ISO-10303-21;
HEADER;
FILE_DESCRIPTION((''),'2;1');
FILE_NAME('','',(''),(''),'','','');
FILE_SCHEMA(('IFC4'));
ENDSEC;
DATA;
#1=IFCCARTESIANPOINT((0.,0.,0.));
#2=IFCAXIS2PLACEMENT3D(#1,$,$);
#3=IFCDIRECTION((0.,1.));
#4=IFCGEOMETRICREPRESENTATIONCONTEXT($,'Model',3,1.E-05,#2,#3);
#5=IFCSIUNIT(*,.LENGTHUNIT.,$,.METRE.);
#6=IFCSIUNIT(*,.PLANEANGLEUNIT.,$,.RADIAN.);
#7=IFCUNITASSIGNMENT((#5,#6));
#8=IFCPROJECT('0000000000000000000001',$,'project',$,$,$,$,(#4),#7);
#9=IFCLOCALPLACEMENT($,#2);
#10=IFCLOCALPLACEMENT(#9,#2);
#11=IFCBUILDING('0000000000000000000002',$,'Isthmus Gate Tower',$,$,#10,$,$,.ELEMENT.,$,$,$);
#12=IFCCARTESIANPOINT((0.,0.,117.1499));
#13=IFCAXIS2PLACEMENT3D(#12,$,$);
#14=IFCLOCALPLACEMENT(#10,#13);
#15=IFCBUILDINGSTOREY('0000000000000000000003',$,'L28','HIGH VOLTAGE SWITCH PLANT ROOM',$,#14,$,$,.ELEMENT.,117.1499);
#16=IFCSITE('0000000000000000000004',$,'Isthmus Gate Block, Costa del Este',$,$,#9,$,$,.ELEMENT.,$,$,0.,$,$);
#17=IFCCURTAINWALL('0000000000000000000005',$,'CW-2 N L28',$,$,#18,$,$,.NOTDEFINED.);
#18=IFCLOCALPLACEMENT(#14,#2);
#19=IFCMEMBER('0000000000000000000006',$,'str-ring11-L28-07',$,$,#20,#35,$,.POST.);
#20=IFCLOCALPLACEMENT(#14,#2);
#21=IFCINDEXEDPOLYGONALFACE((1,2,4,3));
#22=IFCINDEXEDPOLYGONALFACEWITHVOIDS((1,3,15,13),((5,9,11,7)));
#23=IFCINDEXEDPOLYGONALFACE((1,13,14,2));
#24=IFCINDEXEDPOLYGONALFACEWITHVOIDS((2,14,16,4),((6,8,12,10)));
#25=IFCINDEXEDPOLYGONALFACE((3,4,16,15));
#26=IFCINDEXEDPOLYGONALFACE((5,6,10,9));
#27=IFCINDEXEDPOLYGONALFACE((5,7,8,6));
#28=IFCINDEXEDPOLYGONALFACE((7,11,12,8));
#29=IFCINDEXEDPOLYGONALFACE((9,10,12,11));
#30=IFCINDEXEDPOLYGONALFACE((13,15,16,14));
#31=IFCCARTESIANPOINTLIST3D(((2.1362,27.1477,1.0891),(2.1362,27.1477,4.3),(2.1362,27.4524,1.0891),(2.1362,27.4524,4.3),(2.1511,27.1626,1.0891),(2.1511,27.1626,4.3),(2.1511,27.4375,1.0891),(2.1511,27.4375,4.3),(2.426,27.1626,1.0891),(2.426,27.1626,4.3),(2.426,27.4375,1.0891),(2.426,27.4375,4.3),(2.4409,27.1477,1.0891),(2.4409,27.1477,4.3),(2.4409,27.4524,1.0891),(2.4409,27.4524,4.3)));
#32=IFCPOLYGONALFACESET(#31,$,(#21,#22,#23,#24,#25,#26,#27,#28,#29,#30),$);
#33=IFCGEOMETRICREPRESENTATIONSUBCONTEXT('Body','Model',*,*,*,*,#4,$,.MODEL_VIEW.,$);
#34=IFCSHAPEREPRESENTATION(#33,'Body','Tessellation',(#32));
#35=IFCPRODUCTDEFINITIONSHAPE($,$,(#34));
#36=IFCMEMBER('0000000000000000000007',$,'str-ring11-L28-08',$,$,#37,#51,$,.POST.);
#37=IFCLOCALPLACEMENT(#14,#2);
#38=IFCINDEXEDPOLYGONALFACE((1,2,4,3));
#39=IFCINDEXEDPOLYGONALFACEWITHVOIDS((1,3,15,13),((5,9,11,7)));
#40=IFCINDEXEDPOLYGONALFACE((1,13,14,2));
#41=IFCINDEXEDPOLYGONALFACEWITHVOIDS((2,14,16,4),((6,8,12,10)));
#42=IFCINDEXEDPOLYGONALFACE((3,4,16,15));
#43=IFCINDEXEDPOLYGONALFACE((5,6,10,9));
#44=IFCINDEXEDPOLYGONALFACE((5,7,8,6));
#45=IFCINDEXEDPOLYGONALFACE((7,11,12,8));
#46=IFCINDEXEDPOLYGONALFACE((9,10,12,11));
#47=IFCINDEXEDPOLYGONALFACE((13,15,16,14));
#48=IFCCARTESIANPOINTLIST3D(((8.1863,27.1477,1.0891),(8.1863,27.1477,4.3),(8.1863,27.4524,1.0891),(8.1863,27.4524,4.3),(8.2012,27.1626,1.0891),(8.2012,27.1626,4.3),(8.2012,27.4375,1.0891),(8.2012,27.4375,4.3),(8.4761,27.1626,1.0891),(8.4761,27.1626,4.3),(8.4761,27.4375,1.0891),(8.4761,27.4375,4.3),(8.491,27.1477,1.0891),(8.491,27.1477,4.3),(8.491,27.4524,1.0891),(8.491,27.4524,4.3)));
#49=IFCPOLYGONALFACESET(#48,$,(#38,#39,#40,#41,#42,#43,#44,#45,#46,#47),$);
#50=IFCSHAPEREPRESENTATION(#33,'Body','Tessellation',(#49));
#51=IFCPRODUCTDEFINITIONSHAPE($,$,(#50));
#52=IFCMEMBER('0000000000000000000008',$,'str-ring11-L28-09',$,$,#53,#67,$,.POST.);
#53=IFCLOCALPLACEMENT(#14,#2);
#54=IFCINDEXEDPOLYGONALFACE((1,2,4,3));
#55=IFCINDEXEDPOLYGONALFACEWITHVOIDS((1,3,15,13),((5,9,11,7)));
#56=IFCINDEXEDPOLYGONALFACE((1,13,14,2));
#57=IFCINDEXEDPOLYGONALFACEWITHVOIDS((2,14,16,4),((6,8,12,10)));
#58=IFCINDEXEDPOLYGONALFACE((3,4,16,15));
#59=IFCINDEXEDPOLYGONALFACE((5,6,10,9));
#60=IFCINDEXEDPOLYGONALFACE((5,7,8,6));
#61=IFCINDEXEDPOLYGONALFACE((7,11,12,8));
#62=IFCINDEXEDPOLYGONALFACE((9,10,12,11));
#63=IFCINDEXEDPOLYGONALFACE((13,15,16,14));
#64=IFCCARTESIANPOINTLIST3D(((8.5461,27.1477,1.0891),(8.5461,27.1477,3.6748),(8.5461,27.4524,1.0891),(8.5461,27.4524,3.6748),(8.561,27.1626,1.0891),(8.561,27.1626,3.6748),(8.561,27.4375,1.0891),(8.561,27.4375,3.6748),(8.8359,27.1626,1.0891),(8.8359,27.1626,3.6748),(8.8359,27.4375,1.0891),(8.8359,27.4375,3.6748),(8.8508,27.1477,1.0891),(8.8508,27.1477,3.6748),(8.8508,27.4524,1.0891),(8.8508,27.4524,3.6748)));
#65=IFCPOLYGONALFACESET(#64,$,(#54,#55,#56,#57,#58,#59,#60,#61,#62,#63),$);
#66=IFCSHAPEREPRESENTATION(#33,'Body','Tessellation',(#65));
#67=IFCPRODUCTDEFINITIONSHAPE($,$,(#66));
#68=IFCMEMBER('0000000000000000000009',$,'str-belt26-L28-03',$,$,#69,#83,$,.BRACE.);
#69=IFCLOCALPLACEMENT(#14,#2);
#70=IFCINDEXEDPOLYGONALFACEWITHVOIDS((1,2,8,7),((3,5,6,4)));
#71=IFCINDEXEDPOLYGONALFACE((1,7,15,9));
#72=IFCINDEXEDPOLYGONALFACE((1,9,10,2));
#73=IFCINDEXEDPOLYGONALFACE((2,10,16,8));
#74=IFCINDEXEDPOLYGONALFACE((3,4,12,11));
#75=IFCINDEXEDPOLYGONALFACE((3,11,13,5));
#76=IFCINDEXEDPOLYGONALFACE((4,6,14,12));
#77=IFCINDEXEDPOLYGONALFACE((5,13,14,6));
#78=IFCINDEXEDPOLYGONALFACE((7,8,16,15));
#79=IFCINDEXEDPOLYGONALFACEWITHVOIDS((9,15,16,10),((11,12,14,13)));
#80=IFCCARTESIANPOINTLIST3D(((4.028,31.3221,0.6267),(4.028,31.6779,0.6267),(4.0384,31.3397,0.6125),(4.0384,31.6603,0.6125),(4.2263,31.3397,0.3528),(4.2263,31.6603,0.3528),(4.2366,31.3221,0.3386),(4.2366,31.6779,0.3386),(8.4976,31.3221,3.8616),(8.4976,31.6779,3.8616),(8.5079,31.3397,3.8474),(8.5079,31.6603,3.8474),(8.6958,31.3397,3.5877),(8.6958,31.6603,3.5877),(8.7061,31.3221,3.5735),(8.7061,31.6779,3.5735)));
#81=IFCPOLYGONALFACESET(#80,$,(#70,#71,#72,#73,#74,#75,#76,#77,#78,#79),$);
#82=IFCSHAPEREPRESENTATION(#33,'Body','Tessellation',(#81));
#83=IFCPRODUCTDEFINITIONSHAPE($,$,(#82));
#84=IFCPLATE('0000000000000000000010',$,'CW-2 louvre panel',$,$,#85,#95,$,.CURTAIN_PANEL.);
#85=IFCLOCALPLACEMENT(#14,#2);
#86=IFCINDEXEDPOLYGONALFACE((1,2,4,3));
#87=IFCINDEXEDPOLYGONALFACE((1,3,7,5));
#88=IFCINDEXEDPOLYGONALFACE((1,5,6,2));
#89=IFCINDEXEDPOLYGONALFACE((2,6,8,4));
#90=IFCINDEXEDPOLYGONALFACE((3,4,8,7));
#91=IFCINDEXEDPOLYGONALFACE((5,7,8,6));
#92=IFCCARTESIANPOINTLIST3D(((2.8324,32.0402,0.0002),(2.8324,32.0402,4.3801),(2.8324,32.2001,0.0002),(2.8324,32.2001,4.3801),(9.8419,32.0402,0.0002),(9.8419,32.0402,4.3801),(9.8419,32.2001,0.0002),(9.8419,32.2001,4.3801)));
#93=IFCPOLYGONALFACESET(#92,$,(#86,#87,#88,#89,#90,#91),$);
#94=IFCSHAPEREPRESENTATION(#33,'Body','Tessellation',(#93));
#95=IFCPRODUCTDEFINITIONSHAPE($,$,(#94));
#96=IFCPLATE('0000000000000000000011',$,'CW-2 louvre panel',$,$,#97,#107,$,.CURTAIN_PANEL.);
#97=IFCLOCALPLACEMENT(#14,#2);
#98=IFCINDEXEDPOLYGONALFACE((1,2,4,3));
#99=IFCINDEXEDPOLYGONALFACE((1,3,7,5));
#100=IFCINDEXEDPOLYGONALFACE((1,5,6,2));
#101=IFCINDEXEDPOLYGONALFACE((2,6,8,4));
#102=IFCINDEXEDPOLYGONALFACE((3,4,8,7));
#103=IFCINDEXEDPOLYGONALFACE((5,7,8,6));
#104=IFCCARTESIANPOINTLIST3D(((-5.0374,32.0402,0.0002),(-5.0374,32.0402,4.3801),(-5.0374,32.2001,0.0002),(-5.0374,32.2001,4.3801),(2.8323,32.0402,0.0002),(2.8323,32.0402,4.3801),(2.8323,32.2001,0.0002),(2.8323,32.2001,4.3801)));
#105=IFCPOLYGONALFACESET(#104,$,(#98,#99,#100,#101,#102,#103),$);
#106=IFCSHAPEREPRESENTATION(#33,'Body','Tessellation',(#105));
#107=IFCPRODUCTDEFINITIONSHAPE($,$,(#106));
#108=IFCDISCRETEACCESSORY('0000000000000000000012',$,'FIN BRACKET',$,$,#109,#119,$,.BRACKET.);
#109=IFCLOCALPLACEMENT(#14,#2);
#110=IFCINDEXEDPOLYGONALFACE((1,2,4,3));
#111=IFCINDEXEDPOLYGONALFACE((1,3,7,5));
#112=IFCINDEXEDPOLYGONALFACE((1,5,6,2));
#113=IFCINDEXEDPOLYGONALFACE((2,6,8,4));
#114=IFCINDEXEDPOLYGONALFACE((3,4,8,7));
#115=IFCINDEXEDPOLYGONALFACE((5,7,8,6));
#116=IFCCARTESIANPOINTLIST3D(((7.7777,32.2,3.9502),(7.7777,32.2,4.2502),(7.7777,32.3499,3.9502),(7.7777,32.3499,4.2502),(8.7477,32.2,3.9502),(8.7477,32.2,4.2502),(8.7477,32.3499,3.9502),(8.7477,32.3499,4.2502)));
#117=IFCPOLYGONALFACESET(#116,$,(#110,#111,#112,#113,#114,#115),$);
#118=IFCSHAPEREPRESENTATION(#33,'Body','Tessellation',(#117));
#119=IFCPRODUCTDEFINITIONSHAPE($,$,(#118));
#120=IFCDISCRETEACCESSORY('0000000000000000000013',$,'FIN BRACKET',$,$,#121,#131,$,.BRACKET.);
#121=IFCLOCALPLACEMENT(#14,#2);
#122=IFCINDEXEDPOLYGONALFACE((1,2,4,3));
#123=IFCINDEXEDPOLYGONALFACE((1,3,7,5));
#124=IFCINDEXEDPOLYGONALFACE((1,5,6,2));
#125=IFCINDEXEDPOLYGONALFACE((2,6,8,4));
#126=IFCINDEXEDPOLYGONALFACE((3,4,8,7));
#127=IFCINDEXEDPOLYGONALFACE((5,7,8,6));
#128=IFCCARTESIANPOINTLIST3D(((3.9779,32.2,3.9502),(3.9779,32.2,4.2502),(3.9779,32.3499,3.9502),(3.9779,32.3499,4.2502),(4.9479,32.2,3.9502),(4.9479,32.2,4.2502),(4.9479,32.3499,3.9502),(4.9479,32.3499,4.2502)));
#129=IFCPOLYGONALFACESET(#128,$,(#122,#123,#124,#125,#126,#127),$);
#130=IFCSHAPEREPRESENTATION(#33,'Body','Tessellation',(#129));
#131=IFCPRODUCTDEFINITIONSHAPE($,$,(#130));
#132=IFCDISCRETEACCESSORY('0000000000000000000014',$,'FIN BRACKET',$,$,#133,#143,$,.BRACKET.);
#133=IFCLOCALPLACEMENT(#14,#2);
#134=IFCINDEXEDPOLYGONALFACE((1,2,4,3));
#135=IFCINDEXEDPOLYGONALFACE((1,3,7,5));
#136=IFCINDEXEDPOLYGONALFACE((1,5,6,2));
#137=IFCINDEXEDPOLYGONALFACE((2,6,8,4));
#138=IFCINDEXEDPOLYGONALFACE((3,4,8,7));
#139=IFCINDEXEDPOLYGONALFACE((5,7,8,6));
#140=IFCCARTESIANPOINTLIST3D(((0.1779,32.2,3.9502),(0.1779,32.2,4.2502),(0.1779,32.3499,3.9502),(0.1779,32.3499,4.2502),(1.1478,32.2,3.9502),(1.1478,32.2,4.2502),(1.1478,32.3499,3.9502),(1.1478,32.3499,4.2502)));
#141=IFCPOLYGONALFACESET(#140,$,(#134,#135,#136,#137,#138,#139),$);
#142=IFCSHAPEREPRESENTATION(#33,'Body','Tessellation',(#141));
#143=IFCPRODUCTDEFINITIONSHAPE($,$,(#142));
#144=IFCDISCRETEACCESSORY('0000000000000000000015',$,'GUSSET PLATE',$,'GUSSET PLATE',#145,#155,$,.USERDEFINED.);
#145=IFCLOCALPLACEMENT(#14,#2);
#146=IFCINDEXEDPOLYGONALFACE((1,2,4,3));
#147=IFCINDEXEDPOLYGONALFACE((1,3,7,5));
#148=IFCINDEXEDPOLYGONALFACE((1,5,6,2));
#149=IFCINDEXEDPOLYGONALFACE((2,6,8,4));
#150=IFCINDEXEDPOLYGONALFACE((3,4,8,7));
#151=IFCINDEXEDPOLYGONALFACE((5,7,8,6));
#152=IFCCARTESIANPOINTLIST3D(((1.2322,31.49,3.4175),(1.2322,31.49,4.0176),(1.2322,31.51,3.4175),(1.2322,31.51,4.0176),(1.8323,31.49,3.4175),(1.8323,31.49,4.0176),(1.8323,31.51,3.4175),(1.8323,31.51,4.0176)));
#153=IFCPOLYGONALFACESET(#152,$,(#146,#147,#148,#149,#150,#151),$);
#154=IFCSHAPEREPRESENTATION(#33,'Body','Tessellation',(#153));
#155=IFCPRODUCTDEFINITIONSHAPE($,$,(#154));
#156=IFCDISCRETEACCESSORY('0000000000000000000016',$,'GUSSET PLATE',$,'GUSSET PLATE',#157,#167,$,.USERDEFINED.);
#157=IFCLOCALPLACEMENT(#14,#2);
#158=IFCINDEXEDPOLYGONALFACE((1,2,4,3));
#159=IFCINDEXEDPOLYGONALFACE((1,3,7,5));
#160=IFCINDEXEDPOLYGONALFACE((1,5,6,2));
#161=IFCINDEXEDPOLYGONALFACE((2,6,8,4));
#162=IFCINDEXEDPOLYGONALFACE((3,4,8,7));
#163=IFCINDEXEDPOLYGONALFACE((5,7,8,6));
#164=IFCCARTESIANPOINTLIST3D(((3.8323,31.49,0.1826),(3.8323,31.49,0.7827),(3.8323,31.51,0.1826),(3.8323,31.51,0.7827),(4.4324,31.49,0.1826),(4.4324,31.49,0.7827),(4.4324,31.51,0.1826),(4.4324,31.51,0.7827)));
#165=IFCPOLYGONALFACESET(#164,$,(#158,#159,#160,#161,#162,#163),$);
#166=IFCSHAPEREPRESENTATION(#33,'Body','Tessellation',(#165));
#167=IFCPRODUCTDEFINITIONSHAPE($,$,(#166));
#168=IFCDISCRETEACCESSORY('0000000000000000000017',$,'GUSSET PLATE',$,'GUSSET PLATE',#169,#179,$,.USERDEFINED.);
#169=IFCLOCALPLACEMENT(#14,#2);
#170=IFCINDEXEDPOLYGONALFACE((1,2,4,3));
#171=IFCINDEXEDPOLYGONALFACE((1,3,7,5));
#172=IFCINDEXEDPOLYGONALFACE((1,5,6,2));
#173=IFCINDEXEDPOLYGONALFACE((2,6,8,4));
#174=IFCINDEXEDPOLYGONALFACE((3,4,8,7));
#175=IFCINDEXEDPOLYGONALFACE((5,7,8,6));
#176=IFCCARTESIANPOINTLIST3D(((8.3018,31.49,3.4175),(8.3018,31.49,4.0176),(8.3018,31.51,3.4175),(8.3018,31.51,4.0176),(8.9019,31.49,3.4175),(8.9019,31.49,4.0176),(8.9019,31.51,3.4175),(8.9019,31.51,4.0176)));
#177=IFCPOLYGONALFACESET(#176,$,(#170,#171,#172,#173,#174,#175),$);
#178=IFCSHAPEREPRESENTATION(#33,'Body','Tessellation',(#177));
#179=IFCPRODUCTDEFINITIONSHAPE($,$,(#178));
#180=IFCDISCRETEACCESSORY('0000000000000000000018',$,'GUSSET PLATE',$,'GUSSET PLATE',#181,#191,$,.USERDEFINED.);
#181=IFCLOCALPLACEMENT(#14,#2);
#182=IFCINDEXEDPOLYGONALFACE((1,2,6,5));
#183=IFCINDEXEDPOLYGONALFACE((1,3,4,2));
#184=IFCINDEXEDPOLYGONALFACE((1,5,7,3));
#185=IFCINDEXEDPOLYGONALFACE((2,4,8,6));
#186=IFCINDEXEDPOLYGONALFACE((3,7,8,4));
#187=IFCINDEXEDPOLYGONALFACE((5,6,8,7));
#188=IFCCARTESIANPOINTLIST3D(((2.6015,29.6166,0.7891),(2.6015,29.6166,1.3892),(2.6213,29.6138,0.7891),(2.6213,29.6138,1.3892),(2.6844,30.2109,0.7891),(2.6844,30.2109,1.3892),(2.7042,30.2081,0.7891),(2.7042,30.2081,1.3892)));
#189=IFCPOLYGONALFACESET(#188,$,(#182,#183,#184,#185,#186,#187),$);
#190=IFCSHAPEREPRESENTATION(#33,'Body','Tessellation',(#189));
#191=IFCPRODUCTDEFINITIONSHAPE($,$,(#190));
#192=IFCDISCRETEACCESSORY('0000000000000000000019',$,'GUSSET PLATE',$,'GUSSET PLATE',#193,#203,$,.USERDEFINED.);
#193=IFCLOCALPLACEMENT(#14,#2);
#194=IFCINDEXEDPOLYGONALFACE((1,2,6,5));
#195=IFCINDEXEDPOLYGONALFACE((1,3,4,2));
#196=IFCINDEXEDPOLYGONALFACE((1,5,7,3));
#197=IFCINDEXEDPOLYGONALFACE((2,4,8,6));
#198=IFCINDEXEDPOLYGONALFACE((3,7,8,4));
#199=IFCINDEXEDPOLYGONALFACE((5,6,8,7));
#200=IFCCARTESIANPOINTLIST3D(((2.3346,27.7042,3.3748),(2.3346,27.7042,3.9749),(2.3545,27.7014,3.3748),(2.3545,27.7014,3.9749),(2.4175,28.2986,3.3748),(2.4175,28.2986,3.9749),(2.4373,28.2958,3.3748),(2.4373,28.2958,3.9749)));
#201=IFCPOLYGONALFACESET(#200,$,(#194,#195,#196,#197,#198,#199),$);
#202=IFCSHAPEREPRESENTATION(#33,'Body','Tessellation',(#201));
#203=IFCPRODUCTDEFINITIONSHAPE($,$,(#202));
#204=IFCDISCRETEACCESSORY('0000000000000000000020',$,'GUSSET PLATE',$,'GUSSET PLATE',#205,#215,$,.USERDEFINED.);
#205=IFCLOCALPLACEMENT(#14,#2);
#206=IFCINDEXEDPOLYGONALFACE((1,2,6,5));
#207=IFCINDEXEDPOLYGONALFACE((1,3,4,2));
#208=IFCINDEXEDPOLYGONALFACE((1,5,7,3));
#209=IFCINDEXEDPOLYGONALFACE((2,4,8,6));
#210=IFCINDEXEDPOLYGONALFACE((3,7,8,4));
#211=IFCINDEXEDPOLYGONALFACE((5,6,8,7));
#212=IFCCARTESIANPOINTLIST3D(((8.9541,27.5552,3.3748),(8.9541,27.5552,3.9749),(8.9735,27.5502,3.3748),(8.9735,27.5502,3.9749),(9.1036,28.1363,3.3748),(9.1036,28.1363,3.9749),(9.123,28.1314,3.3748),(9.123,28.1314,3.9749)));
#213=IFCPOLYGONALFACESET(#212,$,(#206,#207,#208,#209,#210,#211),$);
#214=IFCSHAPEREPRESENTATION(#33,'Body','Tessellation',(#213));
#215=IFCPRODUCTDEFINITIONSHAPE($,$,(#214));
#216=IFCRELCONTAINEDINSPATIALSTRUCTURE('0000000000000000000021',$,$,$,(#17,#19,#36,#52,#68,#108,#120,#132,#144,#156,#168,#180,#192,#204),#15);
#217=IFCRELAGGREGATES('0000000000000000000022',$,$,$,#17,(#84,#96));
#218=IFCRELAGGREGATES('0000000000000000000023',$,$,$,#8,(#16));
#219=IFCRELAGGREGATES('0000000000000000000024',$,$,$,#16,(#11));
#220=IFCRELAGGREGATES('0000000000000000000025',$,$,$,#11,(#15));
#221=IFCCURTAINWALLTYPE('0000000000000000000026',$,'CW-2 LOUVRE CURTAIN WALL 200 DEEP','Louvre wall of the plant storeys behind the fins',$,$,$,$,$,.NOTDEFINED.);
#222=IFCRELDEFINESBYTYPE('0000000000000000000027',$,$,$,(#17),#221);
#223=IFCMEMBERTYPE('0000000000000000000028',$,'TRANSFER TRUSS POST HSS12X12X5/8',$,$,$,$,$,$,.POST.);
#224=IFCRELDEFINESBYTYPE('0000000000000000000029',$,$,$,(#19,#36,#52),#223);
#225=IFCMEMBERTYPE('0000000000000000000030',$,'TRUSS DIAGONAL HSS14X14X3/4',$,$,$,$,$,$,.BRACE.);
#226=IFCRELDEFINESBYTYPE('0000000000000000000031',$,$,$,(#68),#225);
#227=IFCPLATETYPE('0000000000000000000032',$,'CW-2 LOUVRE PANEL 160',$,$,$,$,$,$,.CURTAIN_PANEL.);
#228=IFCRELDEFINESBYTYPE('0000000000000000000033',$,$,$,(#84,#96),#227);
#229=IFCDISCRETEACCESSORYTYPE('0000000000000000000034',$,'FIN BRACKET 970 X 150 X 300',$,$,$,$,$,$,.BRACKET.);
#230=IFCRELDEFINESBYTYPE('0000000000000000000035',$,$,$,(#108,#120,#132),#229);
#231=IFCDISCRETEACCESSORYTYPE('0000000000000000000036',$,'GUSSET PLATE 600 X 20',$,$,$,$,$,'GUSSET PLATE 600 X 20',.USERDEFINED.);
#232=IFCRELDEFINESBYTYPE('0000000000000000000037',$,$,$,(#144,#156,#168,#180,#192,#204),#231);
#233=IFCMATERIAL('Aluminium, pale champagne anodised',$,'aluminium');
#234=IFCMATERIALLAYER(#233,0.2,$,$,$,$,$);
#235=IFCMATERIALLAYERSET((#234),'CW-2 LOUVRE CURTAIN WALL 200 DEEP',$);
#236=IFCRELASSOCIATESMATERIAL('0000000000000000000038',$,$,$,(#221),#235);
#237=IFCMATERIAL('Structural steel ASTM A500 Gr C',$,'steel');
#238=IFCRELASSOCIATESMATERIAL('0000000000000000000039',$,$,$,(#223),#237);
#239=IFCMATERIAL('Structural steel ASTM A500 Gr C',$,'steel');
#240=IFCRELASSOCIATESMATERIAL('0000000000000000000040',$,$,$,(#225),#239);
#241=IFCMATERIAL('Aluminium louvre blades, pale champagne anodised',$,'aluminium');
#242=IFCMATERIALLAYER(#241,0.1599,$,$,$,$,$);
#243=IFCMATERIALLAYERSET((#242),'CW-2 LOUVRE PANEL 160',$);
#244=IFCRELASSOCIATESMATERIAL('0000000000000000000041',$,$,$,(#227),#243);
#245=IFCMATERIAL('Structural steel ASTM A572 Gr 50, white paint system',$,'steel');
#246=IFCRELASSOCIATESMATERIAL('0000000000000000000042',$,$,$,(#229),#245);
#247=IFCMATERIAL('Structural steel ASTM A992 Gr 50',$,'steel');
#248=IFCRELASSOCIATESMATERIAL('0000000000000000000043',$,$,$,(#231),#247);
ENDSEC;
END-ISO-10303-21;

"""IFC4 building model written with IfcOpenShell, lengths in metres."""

from ifc_helpers import new_model, si_unit, direction, frame, origin, origin_2d, place, context, subcontext, project, spatial, rectangle, hollow_rectangle, extrude, material, layer, layer_set, material_profile, profile_set, type_object, element, aggregate, save


model = new_model("IFC4")

# Units and contexts
model_context = context("Model", 3, precision=1e-05, world=origin(), true_north=direction((0.0, 1.0)))
body_context = subcontext(model_context, "Body", "Model", "MODEL_VIEW")
ifc_project = project(units=[si_unit("LENGTHUNIT", "METRE"), si_unit("PLANEANGLEUNIT", "RADIAN")], contexts=[model_context])

# Site, building, storey
site_placement = place(None, origin())
site = spatial("IfcSite", under=ifc_project, at=site_placement, Name="Isthmus Gate Block, Costa del Este", CompositionType="ELEMENT", RefElevation=0.0)
building_placement = place(site_placement, origin())
building = spatial("IfcBuilding", under=site, at=building_placement, Name="Isthmus Gate Tower", CompositionType="ELEMENT")
storey_placement = place(building_placement, frame((0.0, 0.0, 117.1499)))
storey = spatial("IfcBuildingStorey", under=building, at=storey_placement, Name="L28", Description="HIGH VOLTAGE SWITCH PLANT ROOM", CompositionType="ELEMENT", Elevation=117.1499)

# Curtain wall
ifc_material_1 = material(Name="Aluminium, pale champagne anodised", Category="aluminium")
ifc_layer_1 = layer(ifc_material_1, 0.2)
ifc_layer_set_1 = layer_set([ifc_layer_1], Name="CW-2 LOUVRE CURTAIN WALL 200 DEEP")
curtain_wall_type = type_object("IfcCurtainWallType", Name="CW-2 LOUVRE CURTAIN WALL 200 DEEP", Description="Louvre wall of the plant storeys behind the fins", PredefinedType="NOTDEFINED", material=ifc_layer_set_1)
curtain_wall_placement = place(storey_placement, origin())
curtain_wall = element("IfcCurtainWall", 1, at=curtain_wall_placement, inside=storey, type_object=curtain_wall_type, Name="CW-2 N L28", PredefinedType="NOTDEFINED")

# Members
ifc_material_2 = material(Name="Structural steel ASTM A500 Gr C", Category="steel")
ifc_material_profile_1 = material_profile(ifc_material_2, hollow_rectangle(XDim=0.3047, YDim=0.3047, WallThickness=0.0149, at=origin_2d()), Name="HSS12X12X5/8")
ifc_profile_set_1 = profile_set([ifc_material_profile_1], Name="Structural steel ASTM A500 Gr C")
member_type_1 = type_object("IfcMemberType", Name="TRANSFER TRUSS POST HSS12X12X5/8", PredefinedType="POST", material=ifc_profile_set_1)
for number, where, z_axis, x_axis, name in (
    (2, (2.2886, 27.3, 1.0891), (0.0, 0.0, 1.0), (1.0, 0.0, 0.0), "str-ring11-L28-07"),
    (3, (8.3386, 27.3, 1.0891), (0.0, 0.0, 1.0), (1.0, 0.0, 0.0), "str-ring11-L28-08"),
):
    element("IfcMember", number, at=place(storey_placement, frame(where, z_axis=z_axis, x_axis=x_axis)), inside=storey, type_object=member_type_1, Name=name, PredefinedType="POST", context=body_context, shape_type="SweptSolid", body=[
        extrude(hollow_rectangle(XDim=0.3047, YDim=0.3047, WallThickness=0.0149, at=origin_2d()), origin(), (0.0, 0.0, 1.0), 3.2109),
    ])
member_1_placement = place(storey_placement, frame((8.6985, 27.3, 1.0891), z_axis=(0.0, 0.0, 1.0), x_axis=(1.0, 0.0, 0.0)))
element("IfcMember", 4, at=member_1_placement, inside=storey, type_object=member_type_1, Name="str-ring11-L28-09", PredefinedType="POST", context=body_context, shape_type="SweptSolid", body=[
    extrude(hollow_rectangle(XDim=0.3047, YDim=0.3047, WallThickness=0.0149, at=origin_2d()), origin(), (0.0, 0.0, 1.0), 2.5857),
])
ifc_material_3 = material(Name="Structural steel ASTM A500 Gr C", Category="steel")
ifc_material_profile_2 = material_profile(ifc_material_3, hollow_rectangle(XDim=0.3557, YDim=0.3557, WallThickness=0.0176, at=origin_2d()), Name="HSS14X14X3/4")
ifc_profile_set_2 = profile_set([ifc_material_profile_2], Name="Structural steel ASTM A500 Gr C")
member_type_2 = type_object("IfcMemberType", Name="TRUSS DIAGONAL HSS14X14X3/4", PredefinedType="BRACE", material=ifc_profile_set_2)
member_2_placement = place(storey_placement, frame((4.1323, 31.5, 0.4827), z_axis=(0.810085, 0.0, 0.586313), x_axis=(0.0, 1.0, 0.0)))
element("IfcMember", 5, at=member_2_placement, inside=storey, type_object=member_type_2, Name="str-belt26-L28-03", PredefinedType="BRACE", context=body_context, shape_type="SweptSolid", body=[
    extrude(hollow_rectangle(XDim=0.3557, YDim=0.3557, WallThickness=0.0176, at=origin_2d()), origin(), (0.0, 0.0, 1.0), 5.5173),
])

# Plates
ifc_material_4 = material(Name="Aluminium louvre blades, pale champagne anodised", Category="aluminium")
ifc_layer_2 = layer(ifc_material_4, 0.1599)
ifc_layer_set_2 = layer_set([ifc_layer_2], Name="CW-2 LOUVRE PANEL 160")
plate_type = type_object("IfcPlateType", Name="CW-2 LOUVRE PANEL 160", PredefinedType="CURTAIN_PANEL", material=ifc_layer_set_2)
plate_1_placement = place(storey_placement, frame((6.3372, 32.1201, 0.0002), z_axis=(0.0, 0.0, 1.0), x_axis=(-1.0, 0.0, 0.0)))
plate_1 = element("IfcPlate", 6, at=plate_1_placement, type_object=plate_type, Name="CW-2 louvre panel", PredefinedType="CURTAIN_PANEL", context=body_context, shape_type="SweptSolid", body=[
    extrude(rectangle(XDim=7.0095, YDim=0.1599, at=origin_2d()), origin(), (0.0, 0.0, 1.0), 4.3799),
])
plate_2_placement = place(storey_placement, frame((-1.1025, 32.1201, 0.0002), z_axis=(0.0, 0.0, 1.0), x_axis=(-1.0, 0.0, 0.0)))
plate_2 = element("IfcPlate", 7, at=plate_2_placement, type_object=plate_type, Name="CW-2 louvre panel", PredefinedType="CURTAIN_PANEL", context=body_context, shape_type="SweptSolid", body=[
    extrude(rectangle(XDim=7.8696, YDim=0.1599, at=origin_2d()), origin(), (0.0, 0.0, 1.0), 4.3799),
])
aggregate(curtain_wall, [plate_1, plate_2])

# Discrete accessories
ifc_material_5 = material(Name="Structural steel ASTM A572 Gr 50, white paint system", Category="steel")
discrete_accessory_type_1 = type_object("IfcDiscreteAccessoryType", Name="FIN BRACKET 970 X 150 X 300", PredefinedType="BRACKET", material=ifc_material_5)
for number, where, z_axis, x_axis, name in (
    (8, (8.2627, 32.2749, 3.9502), (0.0, 0.0, 1.0), (0.0, 1.0, 0.0), "FIN BRACKET"),
    (9, (4.4629, 32.2749, 3.9502), (0.0, 0.0, 1.0), (0.0, 1.0, 0.0), "FIN BRACKET"),
    (10, (0.6628, 32.2749, 3.9502), (0.0, 0.0, 1.0), (0.0, 1.0, 0.0), "FIN BRACKET"),
):
    element("IfcDiscreteAccessory", number, at=place(storey_placement, frame(where, z_axis=z_axis, x_axis=x_axis)), inside=storey, type_object=discrete_accessory_type_1, Name=name, PredefinedType="BRACKET", context=body_context, shape_type="SweptSolid", body=[
        extrude(rectangle(XDim=0.1499, YDim=0.97, at=origin_2d()), origin(), (0.0, 0.0, 1.0), 0.3),
    ])
ifc_material_6 = material(Name="Structural steel ASTM A992 Gr 50", Category="steel")
discrete_accessory_type_2 = type_object("IfcDiscreteAccessoryType", Name="GUSSET PLATE 600 X 20", ElementType="GUSSET PLATE 600 X 20", PredefinedType="USERDEFINED", material=ifc_material_6)
for number, where, z_axis, x_axis, name in (
    (11, (1.5322, 31.5, 3.4175), (0.0, 0.0, 1.0), (1.0, 0.0, 0.0), "GUSSET PLATE"),
    (12, (4.1323, 31.5, 0.1826), (0.0, 0.0, 1.0), (1.0, 0.0, 0.0), "GUSSET PLATE"),
    (13, (8.6018, 31.5, 3.4175), (0.0, 0.0, 1.0), (1.0, 0.0, 0.0), "GUSSET PLATE"),
    (14, (2.6528, 29.9124, 0.7891), (0.0, 0.0, 1.0), (-0.138126, -0.990415, 0.0), "GUSSET PLATE"),
    (15, (2.386, 28.0, 3.3748), (0.0, 0.0, 1.0), (-0.138126, -0.990415, 0.0), "GUSSET PLATE"),
    (16, (9.0386, 27.8433, 3.3748), (0.0, 0.0, 1.0), (-0.249082, -0.968482, 0.0), "GUSSET PLATE"),
):
    element("IfcDiscreteAccessory", number, at=place(storey_placement, frame(where, z_axis=z_axis, x_axis=x_axis)), inside=storey, type_object=discrete_accessory_type_2, Name=name, ObjectType="GUSSET PLATE", PredefinedType="USERDEFINED", context=body_context, shape_type="SweptSolid", body=[
        extrude(rectangle(XDim=0.6001, YDim=0.02, at=origin_2d()), origin(), (0.0, 0.0, 1.0), 0.6001),
    ])

save(model, "model.ifc")
